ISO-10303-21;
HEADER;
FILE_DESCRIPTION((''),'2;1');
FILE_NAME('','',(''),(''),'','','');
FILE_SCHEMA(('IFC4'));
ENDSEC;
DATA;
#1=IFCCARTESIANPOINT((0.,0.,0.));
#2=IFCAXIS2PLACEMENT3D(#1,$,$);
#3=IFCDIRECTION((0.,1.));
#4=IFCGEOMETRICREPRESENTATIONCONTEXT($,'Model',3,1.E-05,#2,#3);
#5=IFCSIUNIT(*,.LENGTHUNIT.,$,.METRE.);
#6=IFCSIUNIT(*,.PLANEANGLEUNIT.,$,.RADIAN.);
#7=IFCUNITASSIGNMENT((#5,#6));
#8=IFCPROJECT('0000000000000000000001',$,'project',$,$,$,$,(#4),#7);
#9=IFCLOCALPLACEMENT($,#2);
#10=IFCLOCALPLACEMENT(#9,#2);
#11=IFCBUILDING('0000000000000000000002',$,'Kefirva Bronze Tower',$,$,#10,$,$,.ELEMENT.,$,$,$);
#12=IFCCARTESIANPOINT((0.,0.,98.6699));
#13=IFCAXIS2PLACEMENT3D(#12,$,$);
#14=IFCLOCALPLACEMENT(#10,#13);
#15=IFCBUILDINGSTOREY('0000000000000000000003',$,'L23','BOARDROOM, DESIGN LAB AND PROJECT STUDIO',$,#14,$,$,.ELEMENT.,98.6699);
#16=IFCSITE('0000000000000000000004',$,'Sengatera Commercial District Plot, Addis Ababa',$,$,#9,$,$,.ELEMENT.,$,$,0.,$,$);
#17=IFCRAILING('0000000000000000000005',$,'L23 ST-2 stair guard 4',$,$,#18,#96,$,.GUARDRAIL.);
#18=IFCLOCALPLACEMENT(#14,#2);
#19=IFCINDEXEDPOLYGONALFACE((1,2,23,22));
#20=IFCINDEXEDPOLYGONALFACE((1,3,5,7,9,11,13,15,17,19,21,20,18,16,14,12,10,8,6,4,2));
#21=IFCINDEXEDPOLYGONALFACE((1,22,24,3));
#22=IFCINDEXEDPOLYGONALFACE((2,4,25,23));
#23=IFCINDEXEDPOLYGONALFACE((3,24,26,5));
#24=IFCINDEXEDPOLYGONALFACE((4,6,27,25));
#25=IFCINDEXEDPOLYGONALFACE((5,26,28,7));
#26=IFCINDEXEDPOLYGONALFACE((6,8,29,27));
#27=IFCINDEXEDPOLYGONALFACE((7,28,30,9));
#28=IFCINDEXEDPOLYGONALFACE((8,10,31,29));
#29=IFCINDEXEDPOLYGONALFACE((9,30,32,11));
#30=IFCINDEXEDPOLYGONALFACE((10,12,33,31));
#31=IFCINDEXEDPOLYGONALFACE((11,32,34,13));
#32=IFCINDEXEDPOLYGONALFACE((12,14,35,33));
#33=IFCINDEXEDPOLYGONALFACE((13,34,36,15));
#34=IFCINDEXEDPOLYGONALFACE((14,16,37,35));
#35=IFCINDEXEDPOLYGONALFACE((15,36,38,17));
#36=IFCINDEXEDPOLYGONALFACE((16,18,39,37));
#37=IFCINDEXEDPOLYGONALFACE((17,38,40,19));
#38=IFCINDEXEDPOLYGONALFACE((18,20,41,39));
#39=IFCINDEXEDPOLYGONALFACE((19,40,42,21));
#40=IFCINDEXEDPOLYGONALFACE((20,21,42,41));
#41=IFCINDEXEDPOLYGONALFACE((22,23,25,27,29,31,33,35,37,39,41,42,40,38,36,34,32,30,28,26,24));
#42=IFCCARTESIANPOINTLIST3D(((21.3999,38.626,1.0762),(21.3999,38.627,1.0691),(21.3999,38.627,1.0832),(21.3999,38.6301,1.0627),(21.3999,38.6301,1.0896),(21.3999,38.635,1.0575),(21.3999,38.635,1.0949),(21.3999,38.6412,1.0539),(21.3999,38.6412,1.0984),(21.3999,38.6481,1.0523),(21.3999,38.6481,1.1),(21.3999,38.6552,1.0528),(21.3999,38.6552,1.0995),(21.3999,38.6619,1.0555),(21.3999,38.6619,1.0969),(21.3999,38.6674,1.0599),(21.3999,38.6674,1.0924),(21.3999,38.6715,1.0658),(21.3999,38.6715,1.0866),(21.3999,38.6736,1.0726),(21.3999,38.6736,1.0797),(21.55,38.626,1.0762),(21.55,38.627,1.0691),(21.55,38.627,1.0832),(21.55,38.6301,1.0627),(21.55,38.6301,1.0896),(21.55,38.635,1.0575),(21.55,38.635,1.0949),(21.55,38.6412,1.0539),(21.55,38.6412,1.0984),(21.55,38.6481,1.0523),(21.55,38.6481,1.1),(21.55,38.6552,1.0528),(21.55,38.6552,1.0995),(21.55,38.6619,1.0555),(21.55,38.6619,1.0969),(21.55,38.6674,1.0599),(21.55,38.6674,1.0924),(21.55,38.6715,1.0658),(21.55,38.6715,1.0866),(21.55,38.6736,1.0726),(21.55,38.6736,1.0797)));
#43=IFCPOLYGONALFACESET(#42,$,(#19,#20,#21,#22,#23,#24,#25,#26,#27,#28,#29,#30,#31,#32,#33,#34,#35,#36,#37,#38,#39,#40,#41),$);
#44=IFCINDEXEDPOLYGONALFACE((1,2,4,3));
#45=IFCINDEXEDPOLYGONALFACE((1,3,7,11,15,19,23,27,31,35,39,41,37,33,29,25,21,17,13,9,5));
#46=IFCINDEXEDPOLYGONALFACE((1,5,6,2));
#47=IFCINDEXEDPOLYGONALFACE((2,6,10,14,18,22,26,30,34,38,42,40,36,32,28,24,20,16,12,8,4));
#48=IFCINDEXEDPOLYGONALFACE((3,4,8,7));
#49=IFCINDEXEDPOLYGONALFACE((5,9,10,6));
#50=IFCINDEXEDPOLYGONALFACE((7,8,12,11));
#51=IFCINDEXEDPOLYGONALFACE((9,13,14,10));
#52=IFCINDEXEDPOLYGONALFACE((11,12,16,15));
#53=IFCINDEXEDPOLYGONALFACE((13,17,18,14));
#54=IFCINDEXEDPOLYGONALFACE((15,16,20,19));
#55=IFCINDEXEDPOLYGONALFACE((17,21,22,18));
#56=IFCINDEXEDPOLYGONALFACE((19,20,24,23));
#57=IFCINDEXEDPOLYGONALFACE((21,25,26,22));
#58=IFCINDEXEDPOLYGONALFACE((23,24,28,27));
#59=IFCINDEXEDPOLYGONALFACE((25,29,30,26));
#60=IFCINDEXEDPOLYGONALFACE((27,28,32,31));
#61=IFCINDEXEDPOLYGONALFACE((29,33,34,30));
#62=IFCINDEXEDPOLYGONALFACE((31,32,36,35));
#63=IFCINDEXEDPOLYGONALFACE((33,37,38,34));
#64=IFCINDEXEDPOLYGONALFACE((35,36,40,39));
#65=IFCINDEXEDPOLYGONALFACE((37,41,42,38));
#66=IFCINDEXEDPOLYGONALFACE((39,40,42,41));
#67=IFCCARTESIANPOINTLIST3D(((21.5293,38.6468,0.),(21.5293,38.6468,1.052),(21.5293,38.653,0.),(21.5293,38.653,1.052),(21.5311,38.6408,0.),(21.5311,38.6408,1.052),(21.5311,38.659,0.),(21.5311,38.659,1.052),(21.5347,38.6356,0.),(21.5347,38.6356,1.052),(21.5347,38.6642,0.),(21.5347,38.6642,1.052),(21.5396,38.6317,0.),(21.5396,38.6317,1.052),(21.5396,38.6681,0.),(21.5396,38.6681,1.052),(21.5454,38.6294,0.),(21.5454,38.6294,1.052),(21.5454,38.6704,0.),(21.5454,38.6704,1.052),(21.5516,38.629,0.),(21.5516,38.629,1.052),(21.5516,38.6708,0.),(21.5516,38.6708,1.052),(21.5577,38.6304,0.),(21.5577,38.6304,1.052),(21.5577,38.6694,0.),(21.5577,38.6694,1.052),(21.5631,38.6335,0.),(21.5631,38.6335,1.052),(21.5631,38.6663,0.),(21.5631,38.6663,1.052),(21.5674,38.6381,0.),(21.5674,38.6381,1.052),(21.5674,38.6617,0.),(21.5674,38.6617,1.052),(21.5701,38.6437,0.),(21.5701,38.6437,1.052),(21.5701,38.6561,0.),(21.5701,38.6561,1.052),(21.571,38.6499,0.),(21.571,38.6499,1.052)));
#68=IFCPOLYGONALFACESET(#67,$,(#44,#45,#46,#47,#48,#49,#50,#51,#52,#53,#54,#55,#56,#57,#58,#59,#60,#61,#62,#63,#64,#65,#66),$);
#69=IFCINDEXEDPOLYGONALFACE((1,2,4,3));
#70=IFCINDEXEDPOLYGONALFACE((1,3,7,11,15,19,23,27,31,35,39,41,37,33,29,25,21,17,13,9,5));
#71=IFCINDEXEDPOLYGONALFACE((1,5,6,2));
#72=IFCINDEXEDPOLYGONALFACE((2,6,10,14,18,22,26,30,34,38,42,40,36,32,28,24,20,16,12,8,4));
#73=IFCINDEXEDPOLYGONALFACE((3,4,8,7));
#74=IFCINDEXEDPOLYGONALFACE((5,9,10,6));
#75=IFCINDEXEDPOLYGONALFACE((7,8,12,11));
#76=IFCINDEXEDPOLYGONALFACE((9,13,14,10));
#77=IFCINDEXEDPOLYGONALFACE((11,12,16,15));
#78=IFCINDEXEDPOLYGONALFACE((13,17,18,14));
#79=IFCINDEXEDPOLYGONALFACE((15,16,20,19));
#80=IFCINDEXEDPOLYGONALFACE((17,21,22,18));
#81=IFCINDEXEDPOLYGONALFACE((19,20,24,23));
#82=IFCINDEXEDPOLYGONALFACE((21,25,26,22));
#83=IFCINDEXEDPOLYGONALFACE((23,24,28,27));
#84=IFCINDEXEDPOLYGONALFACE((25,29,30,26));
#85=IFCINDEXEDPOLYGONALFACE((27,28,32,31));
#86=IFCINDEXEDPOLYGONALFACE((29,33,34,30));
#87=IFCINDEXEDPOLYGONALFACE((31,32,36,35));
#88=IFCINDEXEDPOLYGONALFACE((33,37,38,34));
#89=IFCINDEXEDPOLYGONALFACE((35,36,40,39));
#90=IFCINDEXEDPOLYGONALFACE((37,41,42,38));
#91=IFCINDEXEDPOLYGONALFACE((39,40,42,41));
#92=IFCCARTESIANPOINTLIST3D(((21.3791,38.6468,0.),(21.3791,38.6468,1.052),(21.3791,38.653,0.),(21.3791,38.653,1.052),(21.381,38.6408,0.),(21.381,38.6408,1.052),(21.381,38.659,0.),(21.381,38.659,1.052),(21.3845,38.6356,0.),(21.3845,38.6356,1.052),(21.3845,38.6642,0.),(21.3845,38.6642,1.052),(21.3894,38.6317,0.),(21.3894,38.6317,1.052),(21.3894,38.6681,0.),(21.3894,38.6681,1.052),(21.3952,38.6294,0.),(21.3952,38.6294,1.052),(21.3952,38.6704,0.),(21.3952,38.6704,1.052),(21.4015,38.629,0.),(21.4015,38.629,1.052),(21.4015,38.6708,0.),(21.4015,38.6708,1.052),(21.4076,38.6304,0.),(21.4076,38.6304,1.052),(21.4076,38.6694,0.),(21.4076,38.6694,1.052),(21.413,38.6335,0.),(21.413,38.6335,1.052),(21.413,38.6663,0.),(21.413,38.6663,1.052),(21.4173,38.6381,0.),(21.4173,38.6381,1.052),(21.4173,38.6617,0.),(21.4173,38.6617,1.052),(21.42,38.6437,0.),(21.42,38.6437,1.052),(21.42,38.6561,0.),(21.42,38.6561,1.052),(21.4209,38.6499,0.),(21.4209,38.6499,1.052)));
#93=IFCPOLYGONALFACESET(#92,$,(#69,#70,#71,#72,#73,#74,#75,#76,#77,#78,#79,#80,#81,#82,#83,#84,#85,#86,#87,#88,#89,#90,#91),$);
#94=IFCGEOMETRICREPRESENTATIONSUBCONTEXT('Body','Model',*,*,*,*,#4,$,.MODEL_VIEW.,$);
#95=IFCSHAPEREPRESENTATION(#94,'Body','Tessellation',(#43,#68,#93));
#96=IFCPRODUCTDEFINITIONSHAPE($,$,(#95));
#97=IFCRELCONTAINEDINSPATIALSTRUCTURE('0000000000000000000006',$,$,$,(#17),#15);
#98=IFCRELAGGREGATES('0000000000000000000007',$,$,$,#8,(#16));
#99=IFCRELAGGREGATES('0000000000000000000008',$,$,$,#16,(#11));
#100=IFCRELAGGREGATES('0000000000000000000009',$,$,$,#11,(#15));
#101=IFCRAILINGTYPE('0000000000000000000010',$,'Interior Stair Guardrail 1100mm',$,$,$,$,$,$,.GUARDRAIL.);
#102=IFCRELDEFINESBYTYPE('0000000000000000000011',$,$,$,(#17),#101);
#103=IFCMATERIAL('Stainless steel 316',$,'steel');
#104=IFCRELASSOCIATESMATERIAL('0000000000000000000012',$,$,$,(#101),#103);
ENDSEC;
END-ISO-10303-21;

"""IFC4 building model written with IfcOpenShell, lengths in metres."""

from ifc_helpers import new_model, si_unit, direction, frame, origin, origin_2d, place, context, subcontext, project, spatial, circle, extrude, material, type_object, element, save


model = new_model("IFC4")

# Units and contexts
model_context = context("Model", 3, precision=1e-05, world=origin(), true_north=direction((0.0, 1.0)))
body_context = subcontext(model_context, "Body", "Model", "MODEL_VIEW")
ifc_project = project(units=[si_unit("LENGTHUNIT", "METRE"), si_unit("PLANEANGLEUNIT", "RADIAN")], contexts=[model_context])

# Site, building, storey
site_placement = place(None, origin())
site = spatial("IfcSite", under=ifc_project, at=site_placement, Name="Sengatera Commercial District Plot, Addis Ababa", CompositionType="ELEMENT", RefElevation=0.0)
building_placement = place(site_placement, origin())
building = spatial("IfcBuilding", under=site, at=building_placement, Name="Kefirva Bronze Tower", CompositionType="ELEMENT")
storey_placement = place(building_placement, frame((0.0, 0.0, 98.6699)))
storey = spatial("IfcBuildingStorey", under=building, at=storey_placement, Name="L23", Description="BOARDROOM, DESIGN LAB AND PROJECT STUDIO", CompositionType="ELEMENT", Elevation=98.6699)

# Railing
ifc_material_1 = material(Name="Stainless steel 316", Category="steel")
railing_type_1 = type_object("IfcRailingType", Name="Interior Stair Guardrail 1100mm", PredefinedType="GUARDRAIL", material=ifc_material_1)
railing_1_placement = place(storey_placement, frame((21.55, 38.6499, 0.0)))
element("IfcRailing", 1, at=railing_1_placement, inside=storey, type_object=railing_type_1, Name="L23 ST-2 stair guard 4", PredefinedType="GUARDRAIL", context=body_context, shape_type="SweptSolid", body=[
    extrude(circle(Radius=0.0239, at=origin_2d()), frame((0.0, 0.0, 1.0762), z_axis=(-1.0, 0.0, 0.0), x_axis=(0.0, -1.0, 0.0)), (0.0, 0.0, 1.0), 0.1501),
    extrude(circle(Radius=0.021, at=origin_2d()), origin(), (0.0, 0.0, 1.0), 1.052),
    extrude(circle(Radius=0.021, at=origin_2d()), frame((-0.1501, 0.0, 0.0)), (0.0, 0.0, 1.0), 1.052),
])

save(model, "model.ifc")
